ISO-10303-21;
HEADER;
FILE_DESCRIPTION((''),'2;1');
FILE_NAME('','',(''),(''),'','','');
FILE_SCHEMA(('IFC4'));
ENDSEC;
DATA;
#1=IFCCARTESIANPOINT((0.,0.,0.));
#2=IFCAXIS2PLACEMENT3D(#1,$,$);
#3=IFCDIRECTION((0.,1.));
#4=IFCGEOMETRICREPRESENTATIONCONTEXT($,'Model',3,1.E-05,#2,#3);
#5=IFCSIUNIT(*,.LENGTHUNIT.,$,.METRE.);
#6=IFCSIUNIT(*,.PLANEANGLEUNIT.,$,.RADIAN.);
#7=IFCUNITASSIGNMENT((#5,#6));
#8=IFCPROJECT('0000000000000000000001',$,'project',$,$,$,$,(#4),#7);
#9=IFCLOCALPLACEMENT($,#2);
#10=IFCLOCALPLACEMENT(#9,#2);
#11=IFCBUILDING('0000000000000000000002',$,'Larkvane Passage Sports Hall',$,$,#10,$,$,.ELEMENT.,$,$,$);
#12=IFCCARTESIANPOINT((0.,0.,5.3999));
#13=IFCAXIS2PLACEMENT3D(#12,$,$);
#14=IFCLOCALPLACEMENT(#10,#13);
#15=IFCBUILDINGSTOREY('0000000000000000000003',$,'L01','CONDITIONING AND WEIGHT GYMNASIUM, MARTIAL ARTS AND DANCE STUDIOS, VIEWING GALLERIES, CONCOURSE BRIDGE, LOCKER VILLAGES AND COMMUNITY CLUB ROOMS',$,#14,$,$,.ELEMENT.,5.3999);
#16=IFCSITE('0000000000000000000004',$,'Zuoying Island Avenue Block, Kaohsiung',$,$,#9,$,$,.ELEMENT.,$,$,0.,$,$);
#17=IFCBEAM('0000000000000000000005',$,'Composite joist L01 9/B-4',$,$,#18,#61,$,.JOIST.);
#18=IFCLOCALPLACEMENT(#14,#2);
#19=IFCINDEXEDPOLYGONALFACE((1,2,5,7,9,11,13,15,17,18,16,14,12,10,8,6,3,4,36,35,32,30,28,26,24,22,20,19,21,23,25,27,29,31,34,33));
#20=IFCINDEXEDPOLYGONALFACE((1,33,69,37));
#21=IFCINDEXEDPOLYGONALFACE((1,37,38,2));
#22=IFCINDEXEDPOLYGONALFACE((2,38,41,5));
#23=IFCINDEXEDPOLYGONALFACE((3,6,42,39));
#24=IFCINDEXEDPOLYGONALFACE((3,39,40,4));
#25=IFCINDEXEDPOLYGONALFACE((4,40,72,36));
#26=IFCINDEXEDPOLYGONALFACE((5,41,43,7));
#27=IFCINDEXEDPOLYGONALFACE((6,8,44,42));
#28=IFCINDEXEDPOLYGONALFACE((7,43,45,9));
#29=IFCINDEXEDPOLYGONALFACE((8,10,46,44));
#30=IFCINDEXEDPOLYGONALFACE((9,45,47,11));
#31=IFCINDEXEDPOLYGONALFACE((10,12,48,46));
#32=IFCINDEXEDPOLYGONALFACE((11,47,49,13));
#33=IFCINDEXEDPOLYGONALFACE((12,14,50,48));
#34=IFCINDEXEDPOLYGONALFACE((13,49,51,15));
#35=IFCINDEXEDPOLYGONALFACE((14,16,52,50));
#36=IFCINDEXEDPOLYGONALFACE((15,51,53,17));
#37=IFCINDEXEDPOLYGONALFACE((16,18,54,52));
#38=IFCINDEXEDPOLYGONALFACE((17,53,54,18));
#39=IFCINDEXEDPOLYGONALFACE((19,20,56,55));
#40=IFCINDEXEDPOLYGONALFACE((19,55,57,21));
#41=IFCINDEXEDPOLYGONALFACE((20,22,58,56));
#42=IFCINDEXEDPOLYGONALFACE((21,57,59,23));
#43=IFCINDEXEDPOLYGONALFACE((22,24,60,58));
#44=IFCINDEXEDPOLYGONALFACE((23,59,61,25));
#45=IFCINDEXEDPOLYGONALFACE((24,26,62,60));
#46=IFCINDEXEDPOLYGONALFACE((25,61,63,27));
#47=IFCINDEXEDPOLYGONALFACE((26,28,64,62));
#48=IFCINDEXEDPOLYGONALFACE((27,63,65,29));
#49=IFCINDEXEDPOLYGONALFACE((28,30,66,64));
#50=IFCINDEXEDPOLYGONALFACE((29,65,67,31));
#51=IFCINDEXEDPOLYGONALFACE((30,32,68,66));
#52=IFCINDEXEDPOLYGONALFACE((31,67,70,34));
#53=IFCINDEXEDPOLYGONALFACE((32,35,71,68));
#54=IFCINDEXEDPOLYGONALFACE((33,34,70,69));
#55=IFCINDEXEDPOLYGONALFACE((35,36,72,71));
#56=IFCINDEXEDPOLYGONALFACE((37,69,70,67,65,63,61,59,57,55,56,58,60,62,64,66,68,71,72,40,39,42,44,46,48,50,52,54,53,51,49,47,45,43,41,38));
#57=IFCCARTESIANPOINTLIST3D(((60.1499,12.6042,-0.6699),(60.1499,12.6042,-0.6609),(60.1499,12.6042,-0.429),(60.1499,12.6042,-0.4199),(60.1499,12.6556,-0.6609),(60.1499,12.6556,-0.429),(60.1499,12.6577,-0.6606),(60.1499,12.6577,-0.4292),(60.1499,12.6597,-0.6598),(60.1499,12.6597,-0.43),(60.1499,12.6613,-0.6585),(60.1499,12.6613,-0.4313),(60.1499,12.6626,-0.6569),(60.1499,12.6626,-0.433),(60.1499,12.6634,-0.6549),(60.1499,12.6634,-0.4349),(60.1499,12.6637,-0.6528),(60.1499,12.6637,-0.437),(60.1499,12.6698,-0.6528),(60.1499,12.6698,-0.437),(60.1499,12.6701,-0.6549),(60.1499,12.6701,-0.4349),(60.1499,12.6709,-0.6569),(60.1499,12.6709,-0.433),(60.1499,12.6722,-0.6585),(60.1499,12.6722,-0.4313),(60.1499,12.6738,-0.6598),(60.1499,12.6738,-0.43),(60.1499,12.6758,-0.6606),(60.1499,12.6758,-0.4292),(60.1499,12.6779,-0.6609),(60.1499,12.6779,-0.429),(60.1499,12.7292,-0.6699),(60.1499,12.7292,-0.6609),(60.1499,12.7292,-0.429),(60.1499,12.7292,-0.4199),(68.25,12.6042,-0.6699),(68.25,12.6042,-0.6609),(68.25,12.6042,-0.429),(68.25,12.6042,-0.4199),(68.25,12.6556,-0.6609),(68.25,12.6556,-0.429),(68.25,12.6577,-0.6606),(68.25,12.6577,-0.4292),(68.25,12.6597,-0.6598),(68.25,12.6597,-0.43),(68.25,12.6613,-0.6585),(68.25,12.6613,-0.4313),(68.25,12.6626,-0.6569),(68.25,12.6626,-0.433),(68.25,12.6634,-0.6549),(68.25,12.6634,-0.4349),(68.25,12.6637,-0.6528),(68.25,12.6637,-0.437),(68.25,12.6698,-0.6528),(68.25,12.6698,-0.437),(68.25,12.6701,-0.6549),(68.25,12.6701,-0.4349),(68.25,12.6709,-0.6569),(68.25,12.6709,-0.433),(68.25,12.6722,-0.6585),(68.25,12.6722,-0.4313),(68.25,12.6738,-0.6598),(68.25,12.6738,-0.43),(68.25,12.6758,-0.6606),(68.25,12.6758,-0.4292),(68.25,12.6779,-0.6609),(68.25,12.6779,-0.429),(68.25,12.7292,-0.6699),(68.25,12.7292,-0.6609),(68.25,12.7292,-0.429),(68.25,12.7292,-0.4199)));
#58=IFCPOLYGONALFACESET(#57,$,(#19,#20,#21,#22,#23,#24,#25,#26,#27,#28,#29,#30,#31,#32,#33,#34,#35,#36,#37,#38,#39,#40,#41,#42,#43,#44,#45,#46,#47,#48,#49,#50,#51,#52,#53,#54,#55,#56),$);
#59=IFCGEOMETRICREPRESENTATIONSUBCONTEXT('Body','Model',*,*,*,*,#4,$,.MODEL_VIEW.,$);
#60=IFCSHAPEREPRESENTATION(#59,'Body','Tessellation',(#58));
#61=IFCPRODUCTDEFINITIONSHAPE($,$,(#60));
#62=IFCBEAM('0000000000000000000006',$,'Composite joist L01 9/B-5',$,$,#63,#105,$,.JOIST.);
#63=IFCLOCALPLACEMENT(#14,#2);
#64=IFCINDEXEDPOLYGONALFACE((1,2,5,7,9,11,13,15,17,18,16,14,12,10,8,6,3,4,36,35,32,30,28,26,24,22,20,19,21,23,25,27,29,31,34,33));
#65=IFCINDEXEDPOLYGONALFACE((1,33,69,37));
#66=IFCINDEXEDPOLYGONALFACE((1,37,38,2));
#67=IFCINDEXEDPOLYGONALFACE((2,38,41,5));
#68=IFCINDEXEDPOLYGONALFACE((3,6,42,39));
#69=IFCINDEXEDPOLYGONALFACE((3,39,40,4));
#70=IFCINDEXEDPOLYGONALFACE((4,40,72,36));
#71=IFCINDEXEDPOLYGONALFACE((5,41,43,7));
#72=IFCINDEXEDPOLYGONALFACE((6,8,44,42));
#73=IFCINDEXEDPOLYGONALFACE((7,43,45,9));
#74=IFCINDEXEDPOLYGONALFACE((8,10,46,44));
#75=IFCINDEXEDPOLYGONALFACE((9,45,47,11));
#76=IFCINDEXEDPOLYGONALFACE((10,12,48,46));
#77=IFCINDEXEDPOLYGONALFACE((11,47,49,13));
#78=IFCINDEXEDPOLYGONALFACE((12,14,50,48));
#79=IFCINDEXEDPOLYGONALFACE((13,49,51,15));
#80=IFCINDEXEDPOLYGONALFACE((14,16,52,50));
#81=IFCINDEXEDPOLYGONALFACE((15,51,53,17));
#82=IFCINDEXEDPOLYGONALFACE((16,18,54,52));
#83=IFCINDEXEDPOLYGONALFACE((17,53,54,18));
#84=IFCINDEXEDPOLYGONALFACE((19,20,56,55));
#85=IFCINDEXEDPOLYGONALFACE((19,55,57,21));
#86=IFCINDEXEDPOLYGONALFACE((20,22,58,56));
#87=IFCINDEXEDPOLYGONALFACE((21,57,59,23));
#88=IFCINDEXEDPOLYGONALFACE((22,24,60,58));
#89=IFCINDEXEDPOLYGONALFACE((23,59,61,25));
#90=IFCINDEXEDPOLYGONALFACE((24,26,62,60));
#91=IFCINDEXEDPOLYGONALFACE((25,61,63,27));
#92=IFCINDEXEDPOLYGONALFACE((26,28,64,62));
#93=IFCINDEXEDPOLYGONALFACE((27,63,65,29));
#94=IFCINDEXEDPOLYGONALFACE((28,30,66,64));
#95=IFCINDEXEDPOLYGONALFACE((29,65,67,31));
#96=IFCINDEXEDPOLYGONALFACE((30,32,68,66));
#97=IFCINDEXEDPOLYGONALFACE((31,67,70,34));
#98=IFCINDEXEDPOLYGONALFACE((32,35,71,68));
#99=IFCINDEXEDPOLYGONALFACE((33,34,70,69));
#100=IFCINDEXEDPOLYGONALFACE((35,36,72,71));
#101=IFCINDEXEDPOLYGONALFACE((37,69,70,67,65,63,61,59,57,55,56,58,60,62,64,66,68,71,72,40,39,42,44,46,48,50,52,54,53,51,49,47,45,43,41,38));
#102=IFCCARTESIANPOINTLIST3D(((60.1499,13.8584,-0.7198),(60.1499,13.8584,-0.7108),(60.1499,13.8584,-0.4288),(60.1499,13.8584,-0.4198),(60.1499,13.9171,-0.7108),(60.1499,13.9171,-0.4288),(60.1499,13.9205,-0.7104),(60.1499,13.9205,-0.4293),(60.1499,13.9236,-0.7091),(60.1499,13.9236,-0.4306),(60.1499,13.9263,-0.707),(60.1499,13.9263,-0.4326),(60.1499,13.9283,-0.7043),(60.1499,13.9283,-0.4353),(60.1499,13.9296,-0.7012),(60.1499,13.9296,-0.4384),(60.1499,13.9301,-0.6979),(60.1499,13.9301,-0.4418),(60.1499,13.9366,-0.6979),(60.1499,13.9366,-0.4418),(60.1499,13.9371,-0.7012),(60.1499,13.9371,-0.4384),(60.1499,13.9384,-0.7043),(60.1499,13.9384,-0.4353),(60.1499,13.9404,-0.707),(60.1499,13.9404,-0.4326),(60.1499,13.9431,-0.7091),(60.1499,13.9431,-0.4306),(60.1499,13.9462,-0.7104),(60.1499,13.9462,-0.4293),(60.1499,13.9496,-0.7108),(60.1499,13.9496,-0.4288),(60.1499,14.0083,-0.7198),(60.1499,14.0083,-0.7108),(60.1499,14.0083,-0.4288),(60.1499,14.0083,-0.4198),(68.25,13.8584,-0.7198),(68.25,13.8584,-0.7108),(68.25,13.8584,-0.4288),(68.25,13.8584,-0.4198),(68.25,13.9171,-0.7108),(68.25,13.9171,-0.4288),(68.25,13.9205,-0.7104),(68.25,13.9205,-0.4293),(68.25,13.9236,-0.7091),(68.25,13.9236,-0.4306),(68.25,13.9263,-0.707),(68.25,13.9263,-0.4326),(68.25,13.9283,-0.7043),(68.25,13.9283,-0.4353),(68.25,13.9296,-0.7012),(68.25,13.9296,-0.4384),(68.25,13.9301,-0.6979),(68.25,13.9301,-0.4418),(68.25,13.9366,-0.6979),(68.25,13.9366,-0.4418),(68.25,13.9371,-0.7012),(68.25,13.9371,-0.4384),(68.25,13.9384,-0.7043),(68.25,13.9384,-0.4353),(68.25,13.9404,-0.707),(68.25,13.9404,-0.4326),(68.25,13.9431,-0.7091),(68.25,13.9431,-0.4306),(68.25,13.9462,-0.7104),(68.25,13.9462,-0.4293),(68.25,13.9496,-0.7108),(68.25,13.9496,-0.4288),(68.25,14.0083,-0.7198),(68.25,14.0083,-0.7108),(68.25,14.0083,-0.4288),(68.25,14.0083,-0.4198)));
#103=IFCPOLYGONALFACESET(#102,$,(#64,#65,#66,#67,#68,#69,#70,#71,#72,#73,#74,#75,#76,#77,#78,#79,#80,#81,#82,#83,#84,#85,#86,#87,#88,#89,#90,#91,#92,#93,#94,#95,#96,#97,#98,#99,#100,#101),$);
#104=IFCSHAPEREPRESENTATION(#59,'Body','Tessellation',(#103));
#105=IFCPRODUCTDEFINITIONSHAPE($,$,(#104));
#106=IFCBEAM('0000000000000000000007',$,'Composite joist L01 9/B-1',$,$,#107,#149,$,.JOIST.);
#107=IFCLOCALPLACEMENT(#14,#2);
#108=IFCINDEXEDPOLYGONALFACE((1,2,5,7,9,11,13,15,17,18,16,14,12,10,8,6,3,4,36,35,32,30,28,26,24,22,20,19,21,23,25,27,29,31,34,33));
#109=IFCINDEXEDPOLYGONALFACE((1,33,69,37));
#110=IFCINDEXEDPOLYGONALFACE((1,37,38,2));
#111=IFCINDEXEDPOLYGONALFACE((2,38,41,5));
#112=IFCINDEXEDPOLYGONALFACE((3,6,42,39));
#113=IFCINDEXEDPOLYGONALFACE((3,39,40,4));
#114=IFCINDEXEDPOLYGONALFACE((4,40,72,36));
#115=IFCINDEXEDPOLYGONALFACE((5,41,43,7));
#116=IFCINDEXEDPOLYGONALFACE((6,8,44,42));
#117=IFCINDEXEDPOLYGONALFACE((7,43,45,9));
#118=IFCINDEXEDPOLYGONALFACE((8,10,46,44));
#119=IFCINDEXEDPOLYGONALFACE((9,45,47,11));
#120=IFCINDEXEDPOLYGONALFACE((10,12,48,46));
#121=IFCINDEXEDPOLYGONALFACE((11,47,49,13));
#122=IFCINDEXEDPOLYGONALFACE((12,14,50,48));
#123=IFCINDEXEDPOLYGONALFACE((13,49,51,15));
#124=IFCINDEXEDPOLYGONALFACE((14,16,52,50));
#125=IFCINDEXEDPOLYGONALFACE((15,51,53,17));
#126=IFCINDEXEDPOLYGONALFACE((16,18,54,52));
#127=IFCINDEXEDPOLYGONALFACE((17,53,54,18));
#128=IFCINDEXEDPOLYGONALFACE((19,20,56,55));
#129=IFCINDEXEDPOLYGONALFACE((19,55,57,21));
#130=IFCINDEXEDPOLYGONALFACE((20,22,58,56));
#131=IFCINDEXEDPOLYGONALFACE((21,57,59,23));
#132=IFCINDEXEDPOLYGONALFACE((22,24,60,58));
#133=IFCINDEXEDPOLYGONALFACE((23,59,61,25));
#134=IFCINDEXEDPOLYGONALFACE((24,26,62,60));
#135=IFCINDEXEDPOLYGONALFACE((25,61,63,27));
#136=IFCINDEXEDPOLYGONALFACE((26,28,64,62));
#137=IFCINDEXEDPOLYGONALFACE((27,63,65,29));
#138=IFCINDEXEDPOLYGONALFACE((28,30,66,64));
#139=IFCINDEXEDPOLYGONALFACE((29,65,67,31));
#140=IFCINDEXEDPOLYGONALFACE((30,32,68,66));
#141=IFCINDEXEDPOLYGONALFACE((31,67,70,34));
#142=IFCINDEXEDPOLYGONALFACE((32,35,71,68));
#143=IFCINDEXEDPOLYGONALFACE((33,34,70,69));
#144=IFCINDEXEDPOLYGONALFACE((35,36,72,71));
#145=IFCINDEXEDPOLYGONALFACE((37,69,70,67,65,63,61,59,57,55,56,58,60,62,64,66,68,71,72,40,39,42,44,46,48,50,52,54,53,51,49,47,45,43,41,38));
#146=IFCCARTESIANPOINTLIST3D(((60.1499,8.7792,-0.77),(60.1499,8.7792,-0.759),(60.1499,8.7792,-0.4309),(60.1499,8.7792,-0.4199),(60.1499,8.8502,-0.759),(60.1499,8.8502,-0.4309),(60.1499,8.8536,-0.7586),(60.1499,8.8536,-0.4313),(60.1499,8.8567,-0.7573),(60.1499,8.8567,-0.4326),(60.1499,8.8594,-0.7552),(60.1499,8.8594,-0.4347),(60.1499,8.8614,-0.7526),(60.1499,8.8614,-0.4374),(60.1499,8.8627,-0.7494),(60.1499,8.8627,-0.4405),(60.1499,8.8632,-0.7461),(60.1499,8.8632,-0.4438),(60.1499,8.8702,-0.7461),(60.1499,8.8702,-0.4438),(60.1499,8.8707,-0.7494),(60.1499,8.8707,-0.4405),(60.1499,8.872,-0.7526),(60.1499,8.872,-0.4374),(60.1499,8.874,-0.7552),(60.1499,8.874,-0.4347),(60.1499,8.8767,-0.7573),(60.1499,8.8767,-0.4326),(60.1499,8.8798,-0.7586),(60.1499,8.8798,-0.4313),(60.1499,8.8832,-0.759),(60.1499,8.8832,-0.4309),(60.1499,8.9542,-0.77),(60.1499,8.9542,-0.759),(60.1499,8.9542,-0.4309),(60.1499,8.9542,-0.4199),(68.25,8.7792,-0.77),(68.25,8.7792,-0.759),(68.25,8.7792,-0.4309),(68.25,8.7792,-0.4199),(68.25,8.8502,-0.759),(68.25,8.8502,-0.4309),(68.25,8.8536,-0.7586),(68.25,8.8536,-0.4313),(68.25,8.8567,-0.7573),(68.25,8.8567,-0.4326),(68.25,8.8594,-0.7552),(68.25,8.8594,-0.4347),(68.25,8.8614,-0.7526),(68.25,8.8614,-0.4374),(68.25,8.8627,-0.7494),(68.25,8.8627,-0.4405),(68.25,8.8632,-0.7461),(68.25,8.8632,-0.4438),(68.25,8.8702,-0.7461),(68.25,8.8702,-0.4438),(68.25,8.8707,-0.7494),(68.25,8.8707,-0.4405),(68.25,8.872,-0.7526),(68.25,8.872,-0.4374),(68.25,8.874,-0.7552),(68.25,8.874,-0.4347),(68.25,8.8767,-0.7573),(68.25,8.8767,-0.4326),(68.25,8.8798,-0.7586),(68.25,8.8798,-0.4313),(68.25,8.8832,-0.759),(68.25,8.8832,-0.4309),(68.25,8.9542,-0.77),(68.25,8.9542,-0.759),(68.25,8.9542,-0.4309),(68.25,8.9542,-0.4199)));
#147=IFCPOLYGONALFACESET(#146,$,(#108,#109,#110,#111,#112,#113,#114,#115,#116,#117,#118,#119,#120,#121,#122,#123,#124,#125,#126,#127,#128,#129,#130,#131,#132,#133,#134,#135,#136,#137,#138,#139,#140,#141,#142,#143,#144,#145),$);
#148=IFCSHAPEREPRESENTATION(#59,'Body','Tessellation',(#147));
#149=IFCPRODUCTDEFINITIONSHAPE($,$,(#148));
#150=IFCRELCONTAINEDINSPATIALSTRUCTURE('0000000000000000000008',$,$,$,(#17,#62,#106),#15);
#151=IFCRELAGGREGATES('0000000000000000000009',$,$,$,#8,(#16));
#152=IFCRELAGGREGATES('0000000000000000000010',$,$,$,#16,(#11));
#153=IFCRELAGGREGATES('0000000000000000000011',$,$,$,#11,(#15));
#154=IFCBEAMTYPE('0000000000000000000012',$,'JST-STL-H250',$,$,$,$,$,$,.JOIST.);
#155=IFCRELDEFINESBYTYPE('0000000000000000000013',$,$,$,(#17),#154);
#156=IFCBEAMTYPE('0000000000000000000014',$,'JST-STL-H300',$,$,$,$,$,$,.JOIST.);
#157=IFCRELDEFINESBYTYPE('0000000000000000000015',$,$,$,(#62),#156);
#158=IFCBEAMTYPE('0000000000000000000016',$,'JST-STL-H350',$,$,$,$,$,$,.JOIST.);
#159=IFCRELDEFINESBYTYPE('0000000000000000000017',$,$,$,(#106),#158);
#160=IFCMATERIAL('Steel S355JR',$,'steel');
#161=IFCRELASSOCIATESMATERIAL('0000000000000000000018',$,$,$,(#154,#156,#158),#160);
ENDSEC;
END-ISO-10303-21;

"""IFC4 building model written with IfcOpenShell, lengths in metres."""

from ifc_helpers import new_model, si_unit, direction, frame, origin, origin_2d, place, context, subcontext, project, spatial, i_section, extrude, material, material_profile, profile_set, type_object, element, save


model = new_model("IFC4")

# Units and contexts
model_context = context("Model", 3, precision=1e-05, world=origin(), true_north=direction((0.0, 1.0)))
body_context = subcontext(model_context, "Body", "Model", "MODEL_VIEW")
ifc_project = project(units=[si_unit("LENGTHUNIT", "METRE"), si_unit("PLANEANGLEUNIT", "RADIAN")], contexts=[model_context])

# Site, building, storey
site_placement = place(None, origin())
site = spatial("IfcSite", under=ifc_project, at=site_placement, Name="Zuoying Island Avenue Block, Kaohsiung", CompositionType="ELEMENT", RefElevation=0.0)
building_placement = place(site_placement, origin())
building = spatial("IfcBuilding", under=site, at=building_placement, Name="Larkvane Passage Sports Hall", CompositionType="ELEMENT")
storey_placement = place(building_placement, frame((0.0, 0.0, 5.3999)))
storey = spatial("IfcBuildingStorey", under=building, at=storey_placement, Name="L01", Description="CONDITIONING AND WEIGHT GYMNASIUM, MARTIAL ARTS AND DANCE STUDIOS, VIEWING GALLERIES, CONCOURSE BRIDGE, LOCKER VILLAGES AND COMMUNITY CLUB ROOMS", CompositionType="ELEMENT", Elevation=5.3999)

# Beams
ifc_material_1 = material(Name="Steel S355JR", Category="steel")
ifc_material_profile_1 = material_profile(ifc_material_1, i_section(OverallWidth=0.125, OverallDepth=0.25, WebThickness=0.0061, FlangeThickness=0.009, FilletRadius=0.0081, at=origin_2d()), Name="H-250x125x6x9")
ifc_profile_set_1 = profile_set([ifc_material_profile_1], Name="Steel S355JR")
beam_type_1 = type_object("IfcBeamType", Name="JST-STL-H250", PredefinedType="JOIST", material=ifc_profile_set_1)
beam_1_placement = place(storey_placement, frame((60.1499, 12.6667, -0.5449), z_axis=(1.0, 0.0, 0.0), x_axis=(0.0, 1.0, 0.0)))
element("IfcBeam", 1, at=beam_1_placement, inside=storey, type_object=beam_type_1, Name="Composite joist L01 9/B-4", PredefinedType="JOIST", context=body_context, shape_type="SweptSolid", body=[
    extrude(i_section(OverallWidth=0.125, OverallDepth=0.25, WebThickness=0.0061, FlangeThickness=0.009, FilletRadius=0.0081, at=origin_2d()), origin(), (0.0, 0.0, 1.0), 8.1001),
])
ifc_material_profile_2 = material_profile(ifc_material_1, i_section(OverallWidth=0.1499, OverallDepth=0.3, WebThickness=0.0066, FlangeThickness=0.009, FilletRadius=0.0129, at=origin_2d()), Name="H-300x150x6.5x9")
ifc_profile_set_2 = profile_set([ifc_material_profile_2], Name="Steel S355JR")
beam_type_2 = type_object("IfcBeamType", Name="JST-STL-H300", PredefinedType="JOIST", material=ifc_profile_set_2)
beam_2_placement = place(storey_placement, frame((60.1499, 13.9333, -0.5698), z_axis=(1.0, 0.0, 0.0), x_axis=(0.0, 1.0, 0.0)))
element("IfcBeam", 2, at=beam_2_placement, inside=storey, type_object=beam_type_2, Name="Composite joist L01 9/B-5", PredefinedType="JOIST", context=body_context, shape_type="SweptSolid", body=[
    extrude(i_section(OverallWidth=0.1499, OverallDepth=0.3, WebThickness=0.0066, FlangeThickness=0.009, FilletRadius=0.0129, at=origin_2d()), origin(), (0.0, 0.0, 1.0), 8.1001),
])
ifc_material_profile_3 = material_profile(ifc_material_1, i_section(OverallWidth=0.175, OverallDepth=0.3501, WebThickness=0.0071, FlangeThickness=0.011, FilletRadius=0.0129, at=origin_2d()), Name="H-350x175x7x11")
ifc_profile_set_3 = profile_set([ifc_material_profile_3], Name="Steel S355JR")
beam_type_3 = type_object("IfcBeamType", Name="JST-STL-H350", PredefinedType="JOIST", material=ifc_profile_set_3)
beam_3_placement = place(storey_placement, frame((60.1499, 8.8667, -0.595), z_axis=(1.0, 0.0, 0.0), x_axis=(0.0, 1.0, 0.0)))
element("IfcBeam", 3, at=beam_3_placement, inside=storey, type_object=beam_type_3, Name="Composite joist L01 9/B-1", PredefinedType="JOIST", context=body_context, shape_type="SweptSolid", body=[
    extrude(i_section(OverallWidth=0.175, OverallDepth=0.3501, WebThickness=0.0071, FlangeThickness=0.011, FilletRadius=0.0129, at=origin_2d()), origin(), (0.0, 0.0, 1.0), 8.1001),
])

save(model, "model.ifc")
